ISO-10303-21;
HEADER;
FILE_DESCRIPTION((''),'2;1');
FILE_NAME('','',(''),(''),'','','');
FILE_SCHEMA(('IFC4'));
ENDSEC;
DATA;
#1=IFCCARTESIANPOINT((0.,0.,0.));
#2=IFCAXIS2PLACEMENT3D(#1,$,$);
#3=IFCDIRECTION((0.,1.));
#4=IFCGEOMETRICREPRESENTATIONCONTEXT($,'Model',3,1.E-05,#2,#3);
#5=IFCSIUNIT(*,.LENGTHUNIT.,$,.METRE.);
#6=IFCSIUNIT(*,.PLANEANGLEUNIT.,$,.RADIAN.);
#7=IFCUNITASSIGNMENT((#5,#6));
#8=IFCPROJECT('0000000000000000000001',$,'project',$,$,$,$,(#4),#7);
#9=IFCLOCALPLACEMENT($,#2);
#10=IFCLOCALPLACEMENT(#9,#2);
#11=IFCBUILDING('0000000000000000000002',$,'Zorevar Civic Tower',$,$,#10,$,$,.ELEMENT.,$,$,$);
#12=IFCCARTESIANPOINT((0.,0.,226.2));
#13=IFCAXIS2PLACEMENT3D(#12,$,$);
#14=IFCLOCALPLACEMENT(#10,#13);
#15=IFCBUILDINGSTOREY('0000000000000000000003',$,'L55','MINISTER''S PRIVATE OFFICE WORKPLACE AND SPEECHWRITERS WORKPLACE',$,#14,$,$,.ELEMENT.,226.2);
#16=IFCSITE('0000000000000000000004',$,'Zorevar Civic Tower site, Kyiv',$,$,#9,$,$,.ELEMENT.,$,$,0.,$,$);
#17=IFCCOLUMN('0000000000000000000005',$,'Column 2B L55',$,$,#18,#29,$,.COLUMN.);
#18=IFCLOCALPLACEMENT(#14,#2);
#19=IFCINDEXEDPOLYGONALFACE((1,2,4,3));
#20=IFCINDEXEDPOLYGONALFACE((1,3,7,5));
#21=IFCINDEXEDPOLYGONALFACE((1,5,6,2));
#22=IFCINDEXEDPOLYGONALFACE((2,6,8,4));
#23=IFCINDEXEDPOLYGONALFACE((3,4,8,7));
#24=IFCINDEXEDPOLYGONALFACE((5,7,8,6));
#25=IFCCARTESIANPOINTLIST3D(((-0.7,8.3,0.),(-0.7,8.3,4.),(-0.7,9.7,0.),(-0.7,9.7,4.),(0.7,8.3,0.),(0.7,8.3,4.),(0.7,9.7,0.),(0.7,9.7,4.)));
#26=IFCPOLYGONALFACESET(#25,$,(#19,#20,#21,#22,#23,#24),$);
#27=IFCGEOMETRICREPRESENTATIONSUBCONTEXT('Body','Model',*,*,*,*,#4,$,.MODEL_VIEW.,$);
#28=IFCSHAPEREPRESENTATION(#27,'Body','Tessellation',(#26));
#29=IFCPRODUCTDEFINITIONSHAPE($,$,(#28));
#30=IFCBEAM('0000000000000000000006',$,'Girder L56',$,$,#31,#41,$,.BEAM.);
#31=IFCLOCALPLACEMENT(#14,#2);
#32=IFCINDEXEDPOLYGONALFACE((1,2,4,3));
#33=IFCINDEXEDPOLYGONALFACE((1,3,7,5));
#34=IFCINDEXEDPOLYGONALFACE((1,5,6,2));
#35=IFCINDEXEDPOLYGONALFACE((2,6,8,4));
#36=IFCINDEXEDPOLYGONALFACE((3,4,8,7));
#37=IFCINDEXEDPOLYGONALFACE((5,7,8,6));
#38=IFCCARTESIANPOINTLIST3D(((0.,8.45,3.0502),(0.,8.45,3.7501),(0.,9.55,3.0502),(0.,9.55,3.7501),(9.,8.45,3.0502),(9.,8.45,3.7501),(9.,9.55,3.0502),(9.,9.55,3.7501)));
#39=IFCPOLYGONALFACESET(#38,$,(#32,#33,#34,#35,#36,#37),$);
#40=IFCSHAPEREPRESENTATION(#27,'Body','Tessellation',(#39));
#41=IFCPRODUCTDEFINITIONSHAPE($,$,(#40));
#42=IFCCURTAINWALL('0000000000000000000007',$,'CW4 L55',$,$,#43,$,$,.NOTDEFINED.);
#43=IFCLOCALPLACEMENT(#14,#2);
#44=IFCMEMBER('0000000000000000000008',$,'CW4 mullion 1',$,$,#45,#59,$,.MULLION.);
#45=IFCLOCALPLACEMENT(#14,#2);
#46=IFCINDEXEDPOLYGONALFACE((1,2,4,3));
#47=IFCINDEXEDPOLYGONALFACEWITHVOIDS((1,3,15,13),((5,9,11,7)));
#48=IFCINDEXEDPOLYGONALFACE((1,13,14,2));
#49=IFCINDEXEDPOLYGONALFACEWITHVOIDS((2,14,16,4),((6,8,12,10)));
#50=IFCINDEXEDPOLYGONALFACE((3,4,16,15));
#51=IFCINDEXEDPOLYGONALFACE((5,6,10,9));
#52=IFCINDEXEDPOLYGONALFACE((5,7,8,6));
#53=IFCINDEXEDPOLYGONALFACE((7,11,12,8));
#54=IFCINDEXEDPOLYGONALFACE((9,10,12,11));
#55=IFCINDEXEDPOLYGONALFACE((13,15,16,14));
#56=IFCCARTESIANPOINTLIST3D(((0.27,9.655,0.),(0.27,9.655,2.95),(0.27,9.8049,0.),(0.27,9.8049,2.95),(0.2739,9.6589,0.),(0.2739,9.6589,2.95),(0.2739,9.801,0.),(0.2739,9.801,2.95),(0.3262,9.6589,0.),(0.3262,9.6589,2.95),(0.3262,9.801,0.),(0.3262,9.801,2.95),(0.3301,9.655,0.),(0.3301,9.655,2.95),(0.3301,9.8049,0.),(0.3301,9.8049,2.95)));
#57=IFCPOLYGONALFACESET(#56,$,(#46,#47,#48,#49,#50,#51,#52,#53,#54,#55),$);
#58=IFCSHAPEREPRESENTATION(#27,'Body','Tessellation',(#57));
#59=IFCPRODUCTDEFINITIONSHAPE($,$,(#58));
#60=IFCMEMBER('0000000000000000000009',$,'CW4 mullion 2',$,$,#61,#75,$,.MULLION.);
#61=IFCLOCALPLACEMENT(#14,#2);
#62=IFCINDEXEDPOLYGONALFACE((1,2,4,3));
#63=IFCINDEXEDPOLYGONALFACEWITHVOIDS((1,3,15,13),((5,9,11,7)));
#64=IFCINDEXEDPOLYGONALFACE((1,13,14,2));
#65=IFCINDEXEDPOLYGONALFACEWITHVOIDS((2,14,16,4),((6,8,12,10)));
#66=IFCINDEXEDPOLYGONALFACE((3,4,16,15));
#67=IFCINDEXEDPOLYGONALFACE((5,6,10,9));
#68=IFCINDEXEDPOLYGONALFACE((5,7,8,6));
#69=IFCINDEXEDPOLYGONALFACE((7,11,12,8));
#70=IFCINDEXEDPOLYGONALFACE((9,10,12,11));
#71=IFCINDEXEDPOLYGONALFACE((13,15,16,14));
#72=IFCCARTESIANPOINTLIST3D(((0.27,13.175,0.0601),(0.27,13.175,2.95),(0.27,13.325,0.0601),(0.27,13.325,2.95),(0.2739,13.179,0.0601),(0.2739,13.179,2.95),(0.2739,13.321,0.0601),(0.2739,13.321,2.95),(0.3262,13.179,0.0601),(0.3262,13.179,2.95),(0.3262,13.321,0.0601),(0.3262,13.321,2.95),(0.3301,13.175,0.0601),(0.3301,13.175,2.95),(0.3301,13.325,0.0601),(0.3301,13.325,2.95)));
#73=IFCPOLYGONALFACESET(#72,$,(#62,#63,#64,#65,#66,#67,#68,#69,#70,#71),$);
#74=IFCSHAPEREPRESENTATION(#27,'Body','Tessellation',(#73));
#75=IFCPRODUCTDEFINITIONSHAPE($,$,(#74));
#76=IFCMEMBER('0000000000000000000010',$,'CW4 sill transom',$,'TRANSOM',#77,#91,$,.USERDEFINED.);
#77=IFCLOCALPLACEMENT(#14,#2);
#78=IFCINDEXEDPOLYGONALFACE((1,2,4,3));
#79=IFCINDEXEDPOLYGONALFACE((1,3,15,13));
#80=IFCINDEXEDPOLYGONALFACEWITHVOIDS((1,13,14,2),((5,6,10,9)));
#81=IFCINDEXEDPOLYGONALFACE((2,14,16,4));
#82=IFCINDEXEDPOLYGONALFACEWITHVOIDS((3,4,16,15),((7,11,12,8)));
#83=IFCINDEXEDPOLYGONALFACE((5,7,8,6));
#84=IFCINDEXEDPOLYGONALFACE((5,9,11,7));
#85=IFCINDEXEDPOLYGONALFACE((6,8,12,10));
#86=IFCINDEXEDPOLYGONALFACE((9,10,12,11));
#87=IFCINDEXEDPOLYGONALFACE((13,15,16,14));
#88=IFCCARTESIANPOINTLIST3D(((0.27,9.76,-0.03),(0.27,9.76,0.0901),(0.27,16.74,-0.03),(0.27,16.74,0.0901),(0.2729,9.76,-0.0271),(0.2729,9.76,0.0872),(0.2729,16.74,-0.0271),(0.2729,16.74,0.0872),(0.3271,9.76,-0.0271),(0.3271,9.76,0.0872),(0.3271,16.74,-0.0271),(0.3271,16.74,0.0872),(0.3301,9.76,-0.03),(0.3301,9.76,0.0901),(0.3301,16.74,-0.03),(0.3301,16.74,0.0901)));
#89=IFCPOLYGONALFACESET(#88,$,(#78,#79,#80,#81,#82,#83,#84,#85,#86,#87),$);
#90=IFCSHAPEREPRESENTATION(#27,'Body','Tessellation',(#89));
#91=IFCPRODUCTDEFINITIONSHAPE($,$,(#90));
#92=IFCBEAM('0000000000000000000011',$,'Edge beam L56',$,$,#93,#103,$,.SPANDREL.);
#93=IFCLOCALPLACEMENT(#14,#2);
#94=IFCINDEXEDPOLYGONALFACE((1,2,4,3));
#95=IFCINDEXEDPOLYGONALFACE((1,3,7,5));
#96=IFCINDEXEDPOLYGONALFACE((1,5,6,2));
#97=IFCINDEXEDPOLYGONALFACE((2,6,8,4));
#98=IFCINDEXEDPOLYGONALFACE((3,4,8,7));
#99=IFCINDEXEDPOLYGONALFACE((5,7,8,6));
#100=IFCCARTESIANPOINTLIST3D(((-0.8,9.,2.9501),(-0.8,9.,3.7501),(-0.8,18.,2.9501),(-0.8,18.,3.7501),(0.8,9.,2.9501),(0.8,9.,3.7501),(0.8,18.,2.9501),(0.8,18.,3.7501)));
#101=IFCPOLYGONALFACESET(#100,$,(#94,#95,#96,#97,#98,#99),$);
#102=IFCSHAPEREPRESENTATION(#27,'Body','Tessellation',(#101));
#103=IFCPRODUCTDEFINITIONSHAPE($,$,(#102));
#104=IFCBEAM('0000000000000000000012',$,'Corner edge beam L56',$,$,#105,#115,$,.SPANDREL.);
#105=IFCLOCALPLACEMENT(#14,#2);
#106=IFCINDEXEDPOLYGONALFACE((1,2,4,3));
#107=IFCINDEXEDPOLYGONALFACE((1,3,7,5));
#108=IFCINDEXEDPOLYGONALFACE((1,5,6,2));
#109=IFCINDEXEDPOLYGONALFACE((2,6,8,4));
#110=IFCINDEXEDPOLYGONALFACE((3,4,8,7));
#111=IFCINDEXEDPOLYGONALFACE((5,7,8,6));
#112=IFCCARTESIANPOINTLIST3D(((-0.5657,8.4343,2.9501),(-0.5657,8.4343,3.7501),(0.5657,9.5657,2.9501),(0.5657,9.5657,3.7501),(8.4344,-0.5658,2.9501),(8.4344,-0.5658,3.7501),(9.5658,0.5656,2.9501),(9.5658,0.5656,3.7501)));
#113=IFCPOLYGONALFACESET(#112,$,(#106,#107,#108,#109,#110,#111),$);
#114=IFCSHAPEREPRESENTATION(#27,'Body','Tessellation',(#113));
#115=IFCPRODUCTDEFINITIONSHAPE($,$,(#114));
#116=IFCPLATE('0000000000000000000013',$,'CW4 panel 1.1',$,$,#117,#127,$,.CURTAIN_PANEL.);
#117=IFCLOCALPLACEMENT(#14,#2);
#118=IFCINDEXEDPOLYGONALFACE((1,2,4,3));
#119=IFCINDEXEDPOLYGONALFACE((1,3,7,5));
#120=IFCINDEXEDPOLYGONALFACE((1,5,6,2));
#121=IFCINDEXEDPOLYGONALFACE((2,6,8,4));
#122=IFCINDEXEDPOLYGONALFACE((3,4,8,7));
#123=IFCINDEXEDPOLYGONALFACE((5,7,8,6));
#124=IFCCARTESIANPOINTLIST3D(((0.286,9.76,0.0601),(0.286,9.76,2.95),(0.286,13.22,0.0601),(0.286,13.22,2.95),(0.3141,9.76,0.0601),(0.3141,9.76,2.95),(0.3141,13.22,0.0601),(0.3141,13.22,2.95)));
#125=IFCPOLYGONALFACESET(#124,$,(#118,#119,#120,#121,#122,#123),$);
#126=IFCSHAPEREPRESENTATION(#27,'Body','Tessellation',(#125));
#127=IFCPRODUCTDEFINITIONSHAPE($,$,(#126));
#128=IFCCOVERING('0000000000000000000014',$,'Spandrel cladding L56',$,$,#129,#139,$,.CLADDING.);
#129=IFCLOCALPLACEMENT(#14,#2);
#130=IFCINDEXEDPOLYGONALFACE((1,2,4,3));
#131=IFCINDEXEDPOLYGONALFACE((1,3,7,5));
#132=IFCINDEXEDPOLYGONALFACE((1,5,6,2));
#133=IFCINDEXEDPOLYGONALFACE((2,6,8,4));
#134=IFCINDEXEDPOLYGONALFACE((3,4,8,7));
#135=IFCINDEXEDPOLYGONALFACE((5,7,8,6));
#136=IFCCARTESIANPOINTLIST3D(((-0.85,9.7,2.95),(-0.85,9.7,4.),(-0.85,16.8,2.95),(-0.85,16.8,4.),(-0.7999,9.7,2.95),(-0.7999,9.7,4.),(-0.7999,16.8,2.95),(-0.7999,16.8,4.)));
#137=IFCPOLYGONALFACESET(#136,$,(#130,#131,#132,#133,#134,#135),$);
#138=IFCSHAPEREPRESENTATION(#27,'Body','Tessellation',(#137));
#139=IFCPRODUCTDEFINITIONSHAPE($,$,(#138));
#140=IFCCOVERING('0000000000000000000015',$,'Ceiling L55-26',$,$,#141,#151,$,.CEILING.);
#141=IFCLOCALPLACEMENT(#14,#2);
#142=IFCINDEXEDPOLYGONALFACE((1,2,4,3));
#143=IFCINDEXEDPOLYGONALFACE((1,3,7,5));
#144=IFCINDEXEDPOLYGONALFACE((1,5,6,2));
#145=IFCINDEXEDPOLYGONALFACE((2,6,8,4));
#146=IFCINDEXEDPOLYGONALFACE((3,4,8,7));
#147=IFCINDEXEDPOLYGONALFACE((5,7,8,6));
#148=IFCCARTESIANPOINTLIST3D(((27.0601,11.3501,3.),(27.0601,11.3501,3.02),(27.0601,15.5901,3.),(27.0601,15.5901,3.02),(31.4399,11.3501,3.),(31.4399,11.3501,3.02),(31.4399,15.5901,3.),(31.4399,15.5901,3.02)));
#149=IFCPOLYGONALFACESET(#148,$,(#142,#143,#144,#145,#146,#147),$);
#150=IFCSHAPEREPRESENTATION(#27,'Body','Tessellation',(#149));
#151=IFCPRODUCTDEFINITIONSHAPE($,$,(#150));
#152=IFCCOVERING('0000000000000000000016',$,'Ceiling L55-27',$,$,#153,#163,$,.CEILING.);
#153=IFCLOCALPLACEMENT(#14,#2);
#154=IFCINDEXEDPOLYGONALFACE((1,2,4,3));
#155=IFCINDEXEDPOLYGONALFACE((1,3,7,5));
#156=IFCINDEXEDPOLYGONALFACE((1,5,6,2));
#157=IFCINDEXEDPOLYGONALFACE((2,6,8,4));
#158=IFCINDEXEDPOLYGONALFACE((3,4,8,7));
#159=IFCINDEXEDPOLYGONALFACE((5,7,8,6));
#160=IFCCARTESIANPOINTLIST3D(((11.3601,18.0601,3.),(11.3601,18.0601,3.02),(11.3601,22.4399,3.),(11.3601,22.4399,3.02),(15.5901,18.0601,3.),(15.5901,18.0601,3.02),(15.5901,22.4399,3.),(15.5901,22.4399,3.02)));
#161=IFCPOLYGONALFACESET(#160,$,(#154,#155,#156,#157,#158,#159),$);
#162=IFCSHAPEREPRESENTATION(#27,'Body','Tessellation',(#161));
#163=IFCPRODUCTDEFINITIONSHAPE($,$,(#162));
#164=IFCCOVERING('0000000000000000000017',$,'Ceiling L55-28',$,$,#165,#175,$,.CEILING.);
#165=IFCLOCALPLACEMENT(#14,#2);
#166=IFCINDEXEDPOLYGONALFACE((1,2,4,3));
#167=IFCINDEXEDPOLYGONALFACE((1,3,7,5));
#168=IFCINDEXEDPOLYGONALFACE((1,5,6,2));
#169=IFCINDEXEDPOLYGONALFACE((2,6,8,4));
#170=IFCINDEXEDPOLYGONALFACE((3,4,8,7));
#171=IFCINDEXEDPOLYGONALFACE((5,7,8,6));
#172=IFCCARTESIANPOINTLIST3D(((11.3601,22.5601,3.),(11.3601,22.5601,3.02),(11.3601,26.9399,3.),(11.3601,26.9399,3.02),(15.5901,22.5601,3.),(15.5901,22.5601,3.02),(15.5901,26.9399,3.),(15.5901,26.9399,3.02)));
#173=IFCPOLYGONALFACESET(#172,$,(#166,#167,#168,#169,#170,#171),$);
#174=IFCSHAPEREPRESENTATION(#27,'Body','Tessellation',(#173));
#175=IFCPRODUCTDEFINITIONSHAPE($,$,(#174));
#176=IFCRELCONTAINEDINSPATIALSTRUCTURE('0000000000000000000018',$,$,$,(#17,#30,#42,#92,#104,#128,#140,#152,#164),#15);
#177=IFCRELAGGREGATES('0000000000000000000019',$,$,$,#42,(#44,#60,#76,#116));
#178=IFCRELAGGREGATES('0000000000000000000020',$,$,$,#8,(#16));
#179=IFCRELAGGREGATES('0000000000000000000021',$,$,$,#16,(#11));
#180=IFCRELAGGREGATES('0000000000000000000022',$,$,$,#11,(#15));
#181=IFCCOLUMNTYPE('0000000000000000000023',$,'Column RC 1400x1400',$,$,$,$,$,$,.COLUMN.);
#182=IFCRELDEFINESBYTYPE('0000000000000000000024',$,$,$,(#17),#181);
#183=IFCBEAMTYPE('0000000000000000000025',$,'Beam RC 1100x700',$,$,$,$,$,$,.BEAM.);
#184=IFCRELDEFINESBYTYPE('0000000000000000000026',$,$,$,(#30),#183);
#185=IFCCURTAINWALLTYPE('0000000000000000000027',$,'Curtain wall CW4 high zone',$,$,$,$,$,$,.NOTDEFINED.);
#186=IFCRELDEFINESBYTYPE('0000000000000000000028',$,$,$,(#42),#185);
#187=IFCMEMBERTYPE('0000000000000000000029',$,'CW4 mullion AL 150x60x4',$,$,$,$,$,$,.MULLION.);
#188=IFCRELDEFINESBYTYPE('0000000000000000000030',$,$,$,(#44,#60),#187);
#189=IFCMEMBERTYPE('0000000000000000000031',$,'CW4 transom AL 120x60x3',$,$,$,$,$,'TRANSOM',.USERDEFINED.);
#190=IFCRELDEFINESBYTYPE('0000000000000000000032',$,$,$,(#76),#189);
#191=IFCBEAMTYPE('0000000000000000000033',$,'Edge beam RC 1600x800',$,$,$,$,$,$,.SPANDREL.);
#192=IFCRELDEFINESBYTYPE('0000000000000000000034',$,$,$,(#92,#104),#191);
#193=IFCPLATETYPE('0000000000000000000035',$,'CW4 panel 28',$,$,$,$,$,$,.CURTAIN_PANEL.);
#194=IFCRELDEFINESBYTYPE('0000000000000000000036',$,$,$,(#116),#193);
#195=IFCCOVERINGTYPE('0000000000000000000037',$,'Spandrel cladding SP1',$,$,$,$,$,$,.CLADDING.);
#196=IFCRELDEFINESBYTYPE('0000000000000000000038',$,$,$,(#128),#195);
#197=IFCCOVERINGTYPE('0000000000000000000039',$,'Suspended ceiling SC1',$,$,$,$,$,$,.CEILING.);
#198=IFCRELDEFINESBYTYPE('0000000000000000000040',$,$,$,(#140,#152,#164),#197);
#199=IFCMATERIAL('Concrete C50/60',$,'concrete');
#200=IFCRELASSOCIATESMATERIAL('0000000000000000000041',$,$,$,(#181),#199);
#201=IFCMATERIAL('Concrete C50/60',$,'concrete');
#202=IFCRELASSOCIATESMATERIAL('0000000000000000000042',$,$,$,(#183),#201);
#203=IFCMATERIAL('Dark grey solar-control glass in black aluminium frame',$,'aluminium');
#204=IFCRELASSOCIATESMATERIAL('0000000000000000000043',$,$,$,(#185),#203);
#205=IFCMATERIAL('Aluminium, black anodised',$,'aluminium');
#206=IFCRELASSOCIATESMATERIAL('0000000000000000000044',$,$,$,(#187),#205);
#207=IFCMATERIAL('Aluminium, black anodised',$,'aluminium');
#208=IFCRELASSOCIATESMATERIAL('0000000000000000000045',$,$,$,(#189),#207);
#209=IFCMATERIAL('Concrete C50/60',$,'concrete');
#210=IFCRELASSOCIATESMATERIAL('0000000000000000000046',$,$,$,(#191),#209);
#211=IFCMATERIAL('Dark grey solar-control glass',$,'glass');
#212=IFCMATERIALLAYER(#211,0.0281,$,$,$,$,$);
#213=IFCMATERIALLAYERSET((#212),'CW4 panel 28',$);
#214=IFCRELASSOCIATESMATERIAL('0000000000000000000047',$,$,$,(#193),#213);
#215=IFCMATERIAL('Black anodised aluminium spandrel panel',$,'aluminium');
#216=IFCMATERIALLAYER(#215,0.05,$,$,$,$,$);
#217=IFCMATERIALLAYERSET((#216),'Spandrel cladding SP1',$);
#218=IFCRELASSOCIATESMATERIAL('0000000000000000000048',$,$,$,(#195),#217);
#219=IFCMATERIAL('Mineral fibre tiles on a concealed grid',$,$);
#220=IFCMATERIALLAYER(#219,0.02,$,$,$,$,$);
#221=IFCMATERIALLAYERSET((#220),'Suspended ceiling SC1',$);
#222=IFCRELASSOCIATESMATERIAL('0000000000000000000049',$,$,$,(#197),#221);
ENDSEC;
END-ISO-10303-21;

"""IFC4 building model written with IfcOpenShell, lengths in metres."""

from ifc_helpers import new_model, si_unit, direction, frame, frame_2d, origin, origin_2d, place, context, subcontext, project, spatial, polyline, rectangle, hollow_rectangle, outline, extrude, material, layer, layer_set, material_profile, profile_set, type_object, element, aggregate, save


model = new_model("IFC4")

# Units and contexts
model_context = context("Model", 3, precision=1e-05, world=origin(), true_north=direction((0.0, 1.0)))
body_context = subcontext(model_context, "Body", "Model", "MODEL_VIEW")
ifc_project = project(units=[si_unit("LENGTHUNIT", "METRE"), si_unit("PLANEANGLEUNIT", "RADIAN")], contexts=[model_context])

# Site, building, storey
site_placement = place(None, origin())
site = spatial("IfcSite", under=ifc_project, at=site_placement, Name="Zorevar Civic Tower site, Kyiv", CompositionType="ELEMENT", RefElevation=0.0)
building_placement = place(site_placement, origin())
building = spatial("IfcBuilding", under=site, at=building_placement, Name="Zorevar Civic Tower", CompositionType="ELEMENT")
storey_placement = place(building_placement, frame((0.0, 0.0, 226.2)))
storey = spatial("IfcBuildingStorey", under=building, at=storey_placement, Name="L55", Description="MINISTER'S PRIVATE OFFICE WORKPLACE AND SPEECHWRITERS WORKPLACE", CompositionType="ELEMENT", Elevation=226.2)

# Column
ifc_material_1 = material(Name="Concrete C50/60", Category="concrete")
ifc_material_profile_1 = material_profile(ifc_material_1, rectangle(XDim=1.3999, YDim=1.3999, at=origin_2d()), Name="RC 1400x1400")
ifc_profile_set_1 = profile_set([ifc_material_profile_1], Name="Concrete C50/60")
column_type = type_object("IfcColumnType", Name="Column RC 1400x1400", PredefinedType="COLUMN", material=ifc_profile_set_1)
column_placement = place(storey_placement, frame((0.0, 9.0, 0.0), z_axis=(0.0, 0.0, 1.0), x_axis=(1.0, 0.0, 0.0)))
element("IfcColumn", 1, at=column_placement, inside=storey, type_object=column_type, Name="Column 2B L55", PredefinedType="COLUMN", context=body_context, shape_type="SweptSolid", body=[
    extrude(rectangle(XDim=1.3999, YDim=1.3999, at=origin_2d()), origin(), (0.0, 0.0, 1.0), 4.0),
])

# Beam
ifc_material_2 = material(Name="Concrete C50/60", Category="concrete")
ifc_material_profile_2 = material_profile(ifc_material_2, rectangle(XDim=1.1001, YDim=0.7, at=origin_2d()), Name="RC 1100x700")
ifc_profile_set_2 = profile_set([ifc_material_profile_2], Name="Concrete C50/60")
beam_type_1 = type_object("IfcBeamType", Name="Beam RC 1100x700", PredefinedType="BEAM", material=ifc_profile_set_2)
beam_1_placement = place(storey_placement, frame((0.0, 9.0, 3.4001), z_axis=(1.0, 0.0, 0.0), x_axis=(0.0, 1.0, 0.0)))
element("IfcBeam", 2, at=beam_1_placement, inside=storey, type_object=beam_type_1, Name="Girder L56", PredefinedType="BEAM", context=body_context, shape_type="SweptSolid", body=[
    extrude(rectangle(XDim=1.1001, YDim=0.7, at=origin_2d()), origin(), (0.0, 0.0, 1.0), 9.0),
])

# Curtain wall, members
ifc_material_3 = material(Name="Dark grey solar-control glass in black aluminium frame", Category="aluminium")
curtain_wall_type = type_object("IfcCurtainWallType", Name="Curtain wall CW4 high zone", PredefinedType="NOTDEFINED", material=ifc_material_3)
curtain_wall_placement = place(storey_placement, origin())
curtain_wall = element("IfcCurtainWall", 3, at=curtain_wall_placement, inside=storey, type_object=curtain_wall_type, Name="CW4 L55", PredefinedType="NOTDEFINED")
ifc_material_4 = material(Name="Aluminium, black anodised", Category="aluminium")
ifc_material_profile_3 = material_profile(ifc_material_4, hollow_rectangle(XDim=0.0601, YDim=0.1499, WallThickness=0.0039, at=origin_2d()), Name="AL 150x60x4")
ifc_profile_set_3 = profile_set([ifc_material_profile_3], Name="Aluminium, black anodised")
member_type_1 = type_object("IfcMemberType", Name="CW4 mullion AL 150x60x4", PredefinedType="MULLION", material=ifc_profile_set_3)
member_1_placement = place(storey_placement, frame((0.3, 9.73, 0.0), z_axis=(0.0, 0.0, 1.0), x_axis=(-1.0, 0.0, 0.0)))
member_1 = element("IfcMember", 4, at=member_1_placement, type_object=member_type_1, Name="CW4 mullion 1", PredefinedType="MULLION", context=body_context, shape_type="SweptSolid", body=[
    extrude(hollow_rectangle(XDim=0.0601, YDim=0.1499, WallThickness=0.0039, at=origin_2d()), origin(), (0.0, 0.0, 1.0), 2.95),
])
member_2_placement = place(storey_placement, frame((0.3, 13.25, 0.0601), z_axis=(0.0, 0.0, 1.0), x_axis=(-1.0, 0.0, 0.0)))
member_2 = element("IfcMember", 5, at=member_2_placement, type_object=member_type_1, Name="CW4 mullion 2", PredefinedType="MULLION", context=body_context, shape_type="SweptSolid", body=[
    extrude(hollow_rectangle(XDim=0.0601, YDim=0.1499, WallThickness=0.0039, at=origin_2d()), origin(), (0.0, 0.0, 1.0), 2.8899),
])
ifc_material_5 = material(Name="Aluminium, black anodised", Category="aluminium")
ifc_material_profile_4 = material_profile(ifc_material_5, hollow_rectangle(XDim=0.0601, YDim=0.1201, WallThickness=0.0029, at=origin_2d()), Name="AL 120x60x3")
ifc_profile_set_4 = profile_set([ifc_material_profile_4], Name="Aluminium, black anodised")
member_type_2 = type_object("IfcMemberType", Name="CW4 transom AL 120x60x3", ElementType="TRANSOM", PredefinedType="USERDEFINED", material=ifc_profile_set_4)
member_3_placement = place(storey_placement, frame((0.3, 9.76, 0.03), z_axis=(0.0, 1.0, 0.0), x_axis=(-1.0, 0.0, 0.0)))
member_3 = element("IfcMember", 6, at=member_3_placement, type_object=member_type_2, Name="CW4 sill transom", ObjectType="TRANSOM", PredefinedType="USERDEFINED", context=body_context, shape_type="SweptSolid", body=[
    extrude(hollow_rectangle(XDim=0.0601, YDim=0.1201, WallThickness=0.0029, at=origin_2d()), origin(), (0.0, 0.0, 1.0), 6.98),
])

# Beams
ifc_material_6 = material(Name="Concrete C50/60", Category="concrete")
ifc_material_profile_5 = material_profile(ifc_material_6, rectangle(XDim=1.6001, YDim=0.8, at=origin_2d()), Name="RC 1600x800")
ifc_profile_set_5 = profile_set([ifc_material_profile_5], Name="Concrete C50/60")
beam_type_2 = type_object("IfcBeamType", Name="Edge beam RC 1600x800", PredefinedType="SPANDREL", material=ifc_profile_set_5)
beam_2_placement = place(storey_placement, frame((0.0, 9.0, 3.3501), z_axis=(0.0, 1.0, 0.0), x_axis=(-1.0, 0.0, 0.0)))
element("IfcBeam", 7, at=beam_2_placement, inside=storey, type_object=beam_type_2, Name="Edge beam L56", PredefinedType="SPANDREL", context=body_context, shape_type="SweptSolid", body=[
    extrude(rectangle(XDim=1.6001, YDim=0.8, at=origin_2d()), origin(), (0.0, 0.0, 1.0), 9.0),
])
beam_3_placement = place(storey_placement, frame((0.0, 9.0, 3.3501), z_axis=(0.707107, -0.707107, 0.0), x_axis=(0.707107, 0.707107, 0.0)))
element("IfcBeam", 8, at=beam_3_placement, inside=storey, type_object=beam_type_2, Name="Corner edge beam L56", PredefinedType="SPANDREL", context=body_context, shape_type="SweptSolid", body=[
    extrude(rectangle(XDim=1.6001, YDim=0.8, at=origin_2d()), origin(), (0.0, 0.0, 1.0), 12.728),
])

# Plate
ifc_material_7 = material(Name="Dark grey solar-control glass", Category="glass")
ifc_layer_1 = layer(ifc_material_7, 0.0281)
ifc_layer_set_1 = layer_set([ifc_layer_1], Name="CW4 panel 28")
plate_type = type_object("IfcPlateType", Name="CW4 panel 28", PredefinedType="CURTAIN_PANEL", material=ifc_layer_set_1)
plate_placement = place(storey_placement, frame((0.3, 11.49, 0.0601), z_axis=(0.0, 0.0, 1.0), x_axis=(0.0, 1.0, 0.0)))
plate = element("IfcPlate", 9, at=plate_placement, type_object=plate_type, Name="CW4 panel 1.1", PredefinedType="CURTAIN_PANEL", context=body_context, shape_type="SweptSolid", body=[
    extrude(rectangle(XDim=3.46, YDim=0.0281, at=origin_2d()), origin(), (0.0, 0.0, 1.0), 2.8899),
])
aggregate(curtain_wall, [member_1, member_2, member_3, plate])

# Coverings
ifc_material_8 = material(Name="Black anodised aluminium spandrel panel", Category="aluminium")
ifc_layer_2 = layer(ifc_material_8, 0.05)
ifc_layer_set_2 = layer_set([ifc_layer_2], Name="Spandrel cladding SP1")
covering_type_1 = type_object("IfcCoveringType", Name="Spandrel cladding SP1", PredefinedType="CLADDING", material=ifc_layer_set_2)
covering_1_placement = place(storey_placement, frame((-0.825, 9.7, 2.95), z_axis=(0.0, 0.0, 1.0), x_axis=(0.0, 1.0, 0.0)))
element("IfcCovering", 10, at=covering_1_placement, inside=storey, type_object=covering_type_1, Name="Spandrel cladding L56", PredefinedType="CLADDING", context=body_context, shape_type="SweptSolid", body=[
    extrude(rectangle(XDim=7.1001, YDim=0.05, at=frame_2d((3.55, 0.0))), origin(), (0.0, 0.0, 1.0), 1.05),
])
ifc_material_9 = material(Name="Mineral fibre tiles on a concealed grid")
ifc_layer_3 = layer(ifc_material_9, 0.02)
ifc_layer_set_3 = layer_set([ifc_layer_3], Name="Suspended ceiling SC1")
covering_type_2 = type_object("IfcCoveringType", Name="Suspended ceiling SC1", PredefinedType="CEILING", material=ifc_layer_set_3)
covering_2_placement = place(storey_placement, frame((0.0, 0.0, 3.0)))
element("IfcCovering", 11, at=covering_2_placement, inside=storey, type_object=covering_type_2, Name="Ceiling L55-26", PredefinedType="CEILING", context=body_context, shape_type="SweptSolid", body=[
    extrude(outline(polyline([(27.0601, 15.5901), (31.4399, 15.5901), (31.4399, 11.3501), (27.0601, 11.3501), (27.0601, 15.5901)])), origin(), (0.0, 0.0, 1.0), 0.02),
])
covering_3_placement = place(storey_placement, frame((0.0, 0.0, 3.0)))
element("IfcCovering", 12, at=covering_3_placement, inside=storey, type_object=covering_type_2, Name="Ceiling L55-27", PredefinedType="CEILING", context=body_context, shape_type="SweptSolid", body=[
    extrude(outline(polyline([(15.5901, 22.4399), (15.5901, 18.0601), (11.3601, 18.0601), (11.3601, 22.4399), (15.5901, 22.4399)])), origin(), (0.0, 0.0, 1.0), 0.02),
])
covering_4_placement = place(storey_placement, frame((0.0, 0.0, 3.0)))
element("IfcCovering", 13, at=covering_4_placement, inside=storey, type_object=covering_type_2, Name="Ceiling L55-28", PredefinedType="CEILING", context=body_context, shape_type="SweptSolid", body=[
    extrude(outline(polyline([(11.3601, 22.5601), (11.3601, 26.9399), (15.5901, 26.9399), (15.5901, 22.5601), (11.3601, 22.5601)])), origin(), (0.0, 0.0, 1.0), 0.02),
])

save(model, "model.ifc")
